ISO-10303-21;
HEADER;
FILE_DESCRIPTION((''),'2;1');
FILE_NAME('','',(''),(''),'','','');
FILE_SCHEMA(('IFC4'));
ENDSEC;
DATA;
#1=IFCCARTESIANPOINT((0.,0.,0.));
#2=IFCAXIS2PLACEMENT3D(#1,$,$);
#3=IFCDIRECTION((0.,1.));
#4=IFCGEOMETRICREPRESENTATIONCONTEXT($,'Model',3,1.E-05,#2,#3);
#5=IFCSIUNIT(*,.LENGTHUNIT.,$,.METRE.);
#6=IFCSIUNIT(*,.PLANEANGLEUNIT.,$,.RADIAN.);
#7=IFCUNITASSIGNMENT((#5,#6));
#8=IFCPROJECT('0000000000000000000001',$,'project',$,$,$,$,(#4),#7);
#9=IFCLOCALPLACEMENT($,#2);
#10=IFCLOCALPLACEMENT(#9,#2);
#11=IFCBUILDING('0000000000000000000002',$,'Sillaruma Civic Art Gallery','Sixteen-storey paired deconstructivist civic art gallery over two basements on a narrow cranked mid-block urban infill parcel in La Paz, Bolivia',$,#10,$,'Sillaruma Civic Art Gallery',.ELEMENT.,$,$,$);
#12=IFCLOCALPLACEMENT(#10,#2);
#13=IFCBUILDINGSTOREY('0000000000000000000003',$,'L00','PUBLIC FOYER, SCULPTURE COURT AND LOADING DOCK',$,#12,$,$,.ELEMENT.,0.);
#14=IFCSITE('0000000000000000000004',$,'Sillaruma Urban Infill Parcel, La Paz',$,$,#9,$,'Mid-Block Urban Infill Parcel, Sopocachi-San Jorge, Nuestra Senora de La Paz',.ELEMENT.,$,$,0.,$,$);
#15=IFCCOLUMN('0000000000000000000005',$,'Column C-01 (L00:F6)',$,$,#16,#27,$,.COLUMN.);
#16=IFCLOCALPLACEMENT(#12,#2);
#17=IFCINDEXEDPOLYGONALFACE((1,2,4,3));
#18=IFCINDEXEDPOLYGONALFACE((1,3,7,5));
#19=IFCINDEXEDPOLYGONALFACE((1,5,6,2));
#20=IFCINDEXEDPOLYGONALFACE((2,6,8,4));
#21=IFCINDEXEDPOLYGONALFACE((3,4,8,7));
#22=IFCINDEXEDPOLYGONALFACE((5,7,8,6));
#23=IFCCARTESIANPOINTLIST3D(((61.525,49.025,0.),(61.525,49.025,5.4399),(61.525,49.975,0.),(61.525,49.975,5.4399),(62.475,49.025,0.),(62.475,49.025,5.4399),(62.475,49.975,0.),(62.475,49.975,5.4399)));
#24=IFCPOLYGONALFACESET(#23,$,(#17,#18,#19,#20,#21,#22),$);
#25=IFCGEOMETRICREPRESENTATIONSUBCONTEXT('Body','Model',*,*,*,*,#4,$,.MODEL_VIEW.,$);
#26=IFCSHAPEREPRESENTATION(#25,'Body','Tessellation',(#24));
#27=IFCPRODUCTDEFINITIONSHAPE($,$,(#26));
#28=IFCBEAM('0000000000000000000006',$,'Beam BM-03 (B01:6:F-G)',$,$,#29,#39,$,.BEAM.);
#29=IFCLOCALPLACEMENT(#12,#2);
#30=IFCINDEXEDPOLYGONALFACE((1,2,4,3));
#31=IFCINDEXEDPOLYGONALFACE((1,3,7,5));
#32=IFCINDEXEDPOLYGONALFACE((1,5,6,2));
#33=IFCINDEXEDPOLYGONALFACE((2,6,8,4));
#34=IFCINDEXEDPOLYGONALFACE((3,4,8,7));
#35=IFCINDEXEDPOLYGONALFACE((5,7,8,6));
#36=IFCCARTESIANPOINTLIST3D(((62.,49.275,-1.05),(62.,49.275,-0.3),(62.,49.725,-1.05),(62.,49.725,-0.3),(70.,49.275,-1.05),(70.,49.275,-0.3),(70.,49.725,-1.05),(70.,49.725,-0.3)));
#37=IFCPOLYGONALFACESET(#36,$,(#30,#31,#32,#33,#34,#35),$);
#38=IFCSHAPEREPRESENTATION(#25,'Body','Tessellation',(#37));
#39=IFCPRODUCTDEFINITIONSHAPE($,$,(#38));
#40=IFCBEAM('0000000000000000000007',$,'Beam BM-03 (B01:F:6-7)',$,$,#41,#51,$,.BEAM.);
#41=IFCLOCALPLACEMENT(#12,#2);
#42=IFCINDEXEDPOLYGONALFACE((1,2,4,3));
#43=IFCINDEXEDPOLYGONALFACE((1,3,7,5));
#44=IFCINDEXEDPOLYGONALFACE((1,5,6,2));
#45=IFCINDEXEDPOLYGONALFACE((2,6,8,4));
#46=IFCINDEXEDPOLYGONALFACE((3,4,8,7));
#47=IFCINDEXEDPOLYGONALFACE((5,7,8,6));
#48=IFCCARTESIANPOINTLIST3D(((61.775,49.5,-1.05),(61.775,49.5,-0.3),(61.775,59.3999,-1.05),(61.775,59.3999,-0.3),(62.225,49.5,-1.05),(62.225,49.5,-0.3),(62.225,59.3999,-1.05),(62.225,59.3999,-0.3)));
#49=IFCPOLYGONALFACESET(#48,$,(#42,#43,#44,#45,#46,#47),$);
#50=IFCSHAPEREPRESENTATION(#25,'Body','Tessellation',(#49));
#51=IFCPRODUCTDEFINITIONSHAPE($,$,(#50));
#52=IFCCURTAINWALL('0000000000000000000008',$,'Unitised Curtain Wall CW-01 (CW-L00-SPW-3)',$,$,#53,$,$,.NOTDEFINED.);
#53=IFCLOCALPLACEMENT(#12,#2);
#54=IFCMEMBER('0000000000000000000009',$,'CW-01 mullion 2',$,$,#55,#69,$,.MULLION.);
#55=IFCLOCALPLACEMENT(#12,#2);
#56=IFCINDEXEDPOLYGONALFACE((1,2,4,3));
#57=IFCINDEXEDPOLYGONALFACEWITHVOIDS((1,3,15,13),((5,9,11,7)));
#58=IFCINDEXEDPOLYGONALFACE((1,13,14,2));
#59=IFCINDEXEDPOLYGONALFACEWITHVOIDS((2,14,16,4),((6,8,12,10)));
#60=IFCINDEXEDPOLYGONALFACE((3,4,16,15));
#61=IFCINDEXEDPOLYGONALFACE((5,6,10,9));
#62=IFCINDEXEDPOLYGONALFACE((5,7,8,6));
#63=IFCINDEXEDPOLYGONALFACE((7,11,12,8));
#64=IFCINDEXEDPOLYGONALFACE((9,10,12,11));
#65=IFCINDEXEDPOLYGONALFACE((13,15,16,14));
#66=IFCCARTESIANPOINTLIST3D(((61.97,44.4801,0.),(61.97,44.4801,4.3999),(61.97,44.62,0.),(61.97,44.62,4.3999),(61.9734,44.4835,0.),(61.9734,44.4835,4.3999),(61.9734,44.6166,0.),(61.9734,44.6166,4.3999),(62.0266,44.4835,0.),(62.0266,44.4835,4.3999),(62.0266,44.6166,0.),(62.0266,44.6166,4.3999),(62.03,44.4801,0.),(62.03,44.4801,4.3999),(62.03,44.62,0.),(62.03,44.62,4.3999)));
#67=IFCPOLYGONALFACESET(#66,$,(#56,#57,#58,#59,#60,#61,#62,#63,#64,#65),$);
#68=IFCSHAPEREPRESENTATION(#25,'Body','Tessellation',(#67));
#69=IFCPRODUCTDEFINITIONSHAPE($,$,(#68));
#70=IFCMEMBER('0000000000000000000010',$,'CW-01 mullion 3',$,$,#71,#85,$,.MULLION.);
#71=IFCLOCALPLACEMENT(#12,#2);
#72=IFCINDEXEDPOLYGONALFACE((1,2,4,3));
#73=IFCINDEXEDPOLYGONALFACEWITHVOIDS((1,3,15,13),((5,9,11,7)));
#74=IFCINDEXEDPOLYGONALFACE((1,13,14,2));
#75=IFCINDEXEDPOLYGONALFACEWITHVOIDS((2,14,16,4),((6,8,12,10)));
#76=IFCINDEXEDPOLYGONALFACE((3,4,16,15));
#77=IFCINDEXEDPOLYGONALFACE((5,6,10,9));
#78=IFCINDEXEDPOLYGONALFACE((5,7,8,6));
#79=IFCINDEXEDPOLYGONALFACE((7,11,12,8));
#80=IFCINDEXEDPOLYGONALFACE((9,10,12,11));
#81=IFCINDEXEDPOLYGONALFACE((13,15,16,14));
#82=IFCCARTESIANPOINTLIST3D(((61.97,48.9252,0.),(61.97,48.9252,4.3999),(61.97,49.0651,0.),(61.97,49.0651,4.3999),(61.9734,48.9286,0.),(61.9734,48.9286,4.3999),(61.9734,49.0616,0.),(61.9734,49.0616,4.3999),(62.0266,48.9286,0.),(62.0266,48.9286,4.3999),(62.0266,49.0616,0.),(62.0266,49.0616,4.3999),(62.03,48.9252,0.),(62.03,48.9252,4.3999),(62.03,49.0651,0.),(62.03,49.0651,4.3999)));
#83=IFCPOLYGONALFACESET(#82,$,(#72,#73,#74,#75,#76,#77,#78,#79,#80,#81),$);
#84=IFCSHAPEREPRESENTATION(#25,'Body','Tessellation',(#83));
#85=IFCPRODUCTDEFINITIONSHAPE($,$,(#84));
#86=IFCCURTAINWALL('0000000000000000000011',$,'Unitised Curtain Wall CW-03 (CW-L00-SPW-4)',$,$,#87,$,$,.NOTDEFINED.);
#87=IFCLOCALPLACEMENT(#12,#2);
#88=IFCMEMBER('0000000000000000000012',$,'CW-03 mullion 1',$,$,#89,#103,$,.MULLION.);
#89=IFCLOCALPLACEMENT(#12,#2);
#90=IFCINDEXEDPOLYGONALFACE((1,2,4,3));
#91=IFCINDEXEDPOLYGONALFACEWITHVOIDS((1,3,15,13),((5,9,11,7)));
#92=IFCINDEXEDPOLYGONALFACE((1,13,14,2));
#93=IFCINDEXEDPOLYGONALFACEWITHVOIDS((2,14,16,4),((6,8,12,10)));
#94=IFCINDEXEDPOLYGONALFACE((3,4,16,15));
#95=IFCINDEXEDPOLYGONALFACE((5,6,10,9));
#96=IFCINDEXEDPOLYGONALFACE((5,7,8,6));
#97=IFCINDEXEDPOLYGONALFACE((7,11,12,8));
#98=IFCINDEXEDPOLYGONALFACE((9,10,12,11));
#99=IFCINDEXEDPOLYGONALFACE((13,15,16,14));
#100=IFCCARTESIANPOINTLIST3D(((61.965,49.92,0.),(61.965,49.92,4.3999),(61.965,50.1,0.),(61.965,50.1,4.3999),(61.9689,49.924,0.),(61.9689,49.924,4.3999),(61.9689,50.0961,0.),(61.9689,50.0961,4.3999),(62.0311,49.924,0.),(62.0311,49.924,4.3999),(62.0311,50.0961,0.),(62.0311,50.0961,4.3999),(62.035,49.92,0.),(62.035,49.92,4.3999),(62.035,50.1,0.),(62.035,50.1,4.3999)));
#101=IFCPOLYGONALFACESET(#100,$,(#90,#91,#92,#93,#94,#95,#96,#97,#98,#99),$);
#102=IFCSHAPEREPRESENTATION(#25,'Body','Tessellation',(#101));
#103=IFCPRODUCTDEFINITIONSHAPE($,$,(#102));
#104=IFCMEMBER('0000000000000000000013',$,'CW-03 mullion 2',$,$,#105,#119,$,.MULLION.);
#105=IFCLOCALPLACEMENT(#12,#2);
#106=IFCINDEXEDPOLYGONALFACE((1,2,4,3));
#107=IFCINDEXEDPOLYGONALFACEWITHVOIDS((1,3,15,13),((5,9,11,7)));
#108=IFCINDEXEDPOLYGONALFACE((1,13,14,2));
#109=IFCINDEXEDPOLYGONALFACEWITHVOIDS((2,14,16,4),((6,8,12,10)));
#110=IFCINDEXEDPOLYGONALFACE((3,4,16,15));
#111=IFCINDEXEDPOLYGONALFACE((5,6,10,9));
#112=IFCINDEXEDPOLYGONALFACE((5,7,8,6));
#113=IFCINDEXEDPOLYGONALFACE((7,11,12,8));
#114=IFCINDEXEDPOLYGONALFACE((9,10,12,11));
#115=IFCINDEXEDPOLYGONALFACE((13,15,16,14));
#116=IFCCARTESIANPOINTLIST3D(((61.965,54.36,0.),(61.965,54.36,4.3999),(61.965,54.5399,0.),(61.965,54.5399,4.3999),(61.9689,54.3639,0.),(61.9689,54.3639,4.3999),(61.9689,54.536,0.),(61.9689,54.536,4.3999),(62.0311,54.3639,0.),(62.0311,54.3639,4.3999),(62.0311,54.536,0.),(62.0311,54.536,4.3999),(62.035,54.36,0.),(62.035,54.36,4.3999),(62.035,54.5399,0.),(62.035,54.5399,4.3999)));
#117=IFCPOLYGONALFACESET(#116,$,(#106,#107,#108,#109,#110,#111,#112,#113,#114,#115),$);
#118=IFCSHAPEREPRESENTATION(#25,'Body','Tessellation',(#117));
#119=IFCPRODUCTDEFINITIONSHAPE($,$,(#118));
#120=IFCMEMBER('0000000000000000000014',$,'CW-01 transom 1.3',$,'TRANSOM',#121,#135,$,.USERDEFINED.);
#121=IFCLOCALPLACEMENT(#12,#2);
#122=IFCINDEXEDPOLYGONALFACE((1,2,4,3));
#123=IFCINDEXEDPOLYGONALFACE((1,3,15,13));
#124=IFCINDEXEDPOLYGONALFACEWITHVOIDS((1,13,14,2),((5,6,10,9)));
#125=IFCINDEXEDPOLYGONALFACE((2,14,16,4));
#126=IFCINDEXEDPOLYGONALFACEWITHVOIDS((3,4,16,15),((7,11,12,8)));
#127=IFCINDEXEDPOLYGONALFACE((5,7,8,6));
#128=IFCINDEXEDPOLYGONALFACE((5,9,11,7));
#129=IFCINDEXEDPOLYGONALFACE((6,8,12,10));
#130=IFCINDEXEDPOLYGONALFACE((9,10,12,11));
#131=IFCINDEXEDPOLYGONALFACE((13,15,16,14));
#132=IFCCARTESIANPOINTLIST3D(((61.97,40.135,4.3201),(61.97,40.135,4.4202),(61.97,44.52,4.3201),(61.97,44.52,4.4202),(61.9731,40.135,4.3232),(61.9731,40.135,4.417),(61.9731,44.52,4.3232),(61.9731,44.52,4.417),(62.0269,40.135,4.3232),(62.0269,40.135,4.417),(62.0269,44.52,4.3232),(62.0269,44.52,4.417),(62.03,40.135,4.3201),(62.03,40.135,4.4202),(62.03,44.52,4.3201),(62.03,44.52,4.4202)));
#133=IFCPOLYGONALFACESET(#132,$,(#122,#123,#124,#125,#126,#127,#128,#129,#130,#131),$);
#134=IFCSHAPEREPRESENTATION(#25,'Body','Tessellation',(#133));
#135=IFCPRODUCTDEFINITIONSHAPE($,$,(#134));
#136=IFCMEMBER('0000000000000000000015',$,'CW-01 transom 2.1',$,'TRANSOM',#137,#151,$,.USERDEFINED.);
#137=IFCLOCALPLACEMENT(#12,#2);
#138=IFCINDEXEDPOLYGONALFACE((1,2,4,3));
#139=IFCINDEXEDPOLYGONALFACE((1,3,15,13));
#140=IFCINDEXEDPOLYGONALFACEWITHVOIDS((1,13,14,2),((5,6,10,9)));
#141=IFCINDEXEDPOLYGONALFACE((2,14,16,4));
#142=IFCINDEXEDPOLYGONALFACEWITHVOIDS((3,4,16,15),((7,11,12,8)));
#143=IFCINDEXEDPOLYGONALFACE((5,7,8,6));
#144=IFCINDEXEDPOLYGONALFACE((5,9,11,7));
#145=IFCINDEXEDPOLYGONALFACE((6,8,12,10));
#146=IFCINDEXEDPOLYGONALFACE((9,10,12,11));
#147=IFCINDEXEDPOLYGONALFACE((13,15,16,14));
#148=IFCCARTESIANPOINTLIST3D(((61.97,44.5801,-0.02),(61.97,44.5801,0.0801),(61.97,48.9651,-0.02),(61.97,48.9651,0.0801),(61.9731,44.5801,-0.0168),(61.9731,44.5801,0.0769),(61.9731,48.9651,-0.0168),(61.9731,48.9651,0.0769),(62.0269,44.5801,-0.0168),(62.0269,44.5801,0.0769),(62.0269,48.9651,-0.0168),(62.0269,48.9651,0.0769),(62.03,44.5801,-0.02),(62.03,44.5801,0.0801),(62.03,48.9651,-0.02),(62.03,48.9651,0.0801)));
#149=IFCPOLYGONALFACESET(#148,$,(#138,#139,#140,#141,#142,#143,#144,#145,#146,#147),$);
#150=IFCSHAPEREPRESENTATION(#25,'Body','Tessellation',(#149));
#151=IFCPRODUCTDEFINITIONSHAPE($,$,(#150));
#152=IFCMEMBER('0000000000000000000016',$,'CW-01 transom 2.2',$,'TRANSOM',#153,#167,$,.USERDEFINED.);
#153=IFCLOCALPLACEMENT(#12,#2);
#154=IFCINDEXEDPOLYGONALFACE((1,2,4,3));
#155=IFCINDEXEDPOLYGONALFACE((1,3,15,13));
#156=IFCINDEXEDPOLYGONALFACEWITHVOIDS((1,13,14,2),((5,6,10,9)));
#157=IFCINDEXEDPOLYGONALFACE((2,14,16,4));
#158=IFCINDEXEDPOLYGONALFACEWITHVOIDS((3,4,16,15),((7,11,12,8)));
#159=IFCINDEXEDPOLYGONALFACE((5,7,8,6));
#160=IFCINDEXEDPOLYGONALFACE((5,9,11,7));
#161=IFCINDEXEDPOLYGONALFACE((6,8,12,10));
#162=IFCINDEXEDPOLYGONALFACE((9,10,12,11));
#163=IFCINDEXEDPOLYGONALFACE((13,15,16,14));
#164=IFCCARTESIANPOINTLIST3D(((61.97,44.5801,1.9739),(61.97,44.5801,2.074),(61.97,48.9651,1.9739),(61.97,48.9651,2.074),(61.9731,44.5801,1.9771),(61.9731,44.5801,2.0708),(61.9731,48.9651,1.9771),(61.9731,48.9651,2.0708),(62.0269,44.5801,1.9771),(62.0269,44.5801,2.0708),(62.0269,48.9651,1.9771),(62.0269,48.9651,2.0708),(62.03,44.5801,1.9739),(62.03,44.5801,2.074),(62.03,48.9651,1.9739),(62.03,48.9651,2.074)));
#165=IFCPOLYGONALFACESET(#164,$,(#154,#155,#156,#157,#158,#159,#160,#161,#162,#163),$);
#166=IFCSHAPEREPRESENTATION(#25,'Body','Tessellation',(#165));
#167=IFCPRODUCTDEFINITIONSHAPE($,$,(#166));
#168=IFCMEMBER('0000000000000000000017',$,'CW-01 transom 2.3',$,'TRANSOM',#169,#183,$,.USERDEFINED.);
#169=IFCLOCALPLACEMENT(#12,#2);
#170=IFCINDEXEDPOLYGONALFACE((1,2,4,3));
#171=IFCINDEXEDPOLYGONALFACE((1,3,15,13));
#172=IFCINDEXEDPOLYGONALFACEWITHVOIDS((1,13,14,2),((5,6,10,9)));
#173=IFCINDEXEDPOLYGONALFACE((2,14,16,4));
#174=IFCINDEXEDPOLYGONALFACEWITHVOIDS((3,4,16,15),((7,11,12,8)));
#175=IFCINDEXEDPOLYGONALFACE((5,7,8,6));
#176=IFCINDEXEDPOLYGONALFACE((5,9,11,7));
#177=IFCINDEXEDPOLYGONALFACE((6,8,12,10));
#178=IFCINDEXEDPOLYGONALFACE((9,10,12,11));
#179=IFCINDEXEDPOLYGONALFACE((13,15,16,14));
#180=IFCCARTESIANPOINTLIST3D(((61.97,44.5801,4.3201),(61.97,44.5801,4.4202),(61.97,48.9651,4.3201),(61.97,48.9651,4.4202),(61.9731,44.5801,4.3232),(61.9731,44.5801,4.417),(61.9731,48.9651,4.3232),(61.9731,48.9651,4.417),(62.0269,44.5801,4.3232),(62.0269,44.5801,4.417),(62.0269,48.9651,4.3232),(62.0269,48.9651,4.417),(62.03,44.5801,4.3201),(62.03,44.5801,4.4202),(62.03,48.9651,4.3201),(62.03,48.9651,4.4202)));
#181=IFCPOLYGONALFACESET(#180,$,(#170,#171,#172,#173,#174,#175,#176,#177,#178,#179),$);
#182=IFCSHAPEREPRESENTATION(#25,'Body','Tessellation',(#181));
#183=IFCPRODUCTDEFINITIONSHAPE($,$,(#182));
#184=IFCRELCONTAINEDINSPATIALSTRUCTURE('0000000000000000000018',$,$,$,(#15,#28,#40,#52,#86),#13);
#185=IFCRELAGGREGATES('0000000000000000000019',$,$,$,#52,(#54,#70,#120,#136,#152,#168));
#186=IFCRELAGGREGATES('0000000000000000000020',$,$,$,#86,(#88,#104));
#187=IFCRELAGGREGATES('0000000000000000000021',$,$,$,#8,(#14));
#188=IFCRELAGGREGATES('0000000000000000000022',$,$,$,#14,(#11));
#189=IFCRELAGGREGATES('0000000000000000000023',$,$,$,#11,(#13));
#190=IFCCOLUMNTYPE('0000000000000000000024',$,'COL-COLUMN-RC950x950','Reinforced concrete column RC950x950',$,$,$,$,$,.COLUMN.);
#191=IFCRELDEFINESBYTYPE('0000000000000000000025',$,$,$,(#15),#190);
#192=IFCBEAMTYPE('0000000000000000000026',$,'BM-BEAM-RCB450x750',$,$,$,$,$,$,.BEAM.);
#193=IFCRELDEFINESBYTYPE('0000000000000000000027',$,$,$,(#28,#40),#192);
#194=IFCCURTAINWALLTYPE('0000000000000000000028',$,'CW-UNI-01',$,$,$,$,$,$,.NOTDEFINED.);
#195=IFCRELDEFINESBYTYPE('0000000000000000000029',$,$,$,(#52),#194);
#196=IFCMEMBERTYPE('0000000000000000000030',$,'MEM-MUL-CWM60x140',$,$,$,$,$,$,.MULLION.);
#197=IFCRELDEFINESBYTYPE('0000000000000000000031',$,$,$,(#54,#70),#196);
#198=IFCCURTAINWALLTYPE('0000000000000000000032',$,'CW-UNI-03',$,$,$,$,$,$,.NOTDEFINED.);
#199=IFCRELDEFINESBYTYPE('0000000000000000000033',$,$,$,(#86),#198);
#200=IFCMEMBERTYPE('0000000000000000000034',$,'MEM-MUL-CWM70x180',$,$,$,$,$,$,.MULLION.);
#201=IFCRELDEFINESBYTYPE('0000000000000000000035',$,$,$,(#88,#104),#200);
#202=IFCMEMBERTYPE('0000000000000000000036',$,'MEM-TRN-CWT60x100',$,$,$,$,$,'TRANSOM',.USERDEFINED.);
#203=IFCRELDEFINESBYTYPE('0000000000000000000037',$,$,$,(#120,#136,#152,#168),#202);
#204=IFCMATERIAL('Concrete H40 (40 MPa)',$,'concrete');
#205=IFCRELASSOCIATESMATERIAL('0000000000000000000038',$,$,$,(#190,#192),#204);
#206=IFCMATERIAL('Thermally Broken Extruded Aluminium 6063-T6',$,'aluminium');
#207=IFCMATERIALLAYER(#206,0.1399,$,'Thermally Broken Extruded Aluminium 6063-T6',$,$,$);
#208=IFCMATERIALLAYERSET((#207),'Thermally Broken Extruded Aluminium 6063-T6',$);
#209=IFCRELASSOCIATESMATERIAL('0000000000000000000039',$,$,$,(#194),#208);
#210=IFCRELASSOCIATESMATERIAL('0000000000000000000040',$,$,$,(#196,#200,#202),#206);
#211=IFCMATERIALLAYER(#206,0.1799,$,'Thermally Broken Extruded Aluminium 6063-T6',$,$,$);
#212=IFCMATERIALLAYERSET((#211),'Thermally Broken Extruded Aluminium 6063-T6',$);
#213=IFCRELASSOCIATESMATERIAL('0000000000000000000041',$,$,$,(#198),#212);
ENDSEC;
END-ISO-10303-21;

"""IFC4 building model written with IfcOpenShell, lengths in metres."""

from ifc_helpers import new_model, si_unit, direction, frame, origin, origin_2d, place, context, subcontext, project, spatial, rectangle, hollow_rectangle, extrude, material, layer, layer_set, material_profile, profile_set, type_object, element, aggregate, save


model = new_model("IFC4")

# Units and contexts
model_context = context("Model", 3, precision=1e-05, world=origin(), true_north=direction((0.0, 1.0)))
body_context = subcontext(model_context, "Body", "Model", "MODEL_VIEW")
ifc_project = project(units=[si_unit("LENGTHUNIT", "METRE"), si_unit("PLANEANGLEUNIT", "RADIAN")], contexts=[model_context])

# Site, building, storey
site_placement = place(None, origin())
site = spatial("IfcSite", under=ifc_project, at=site_placement, Name="Sillaruma Urban Infill Parcel, La Paz", LongName="Mid-Block Urban Infill Parcel, Sopocachi-San Jorge, Nuestra Senora de La Paz", CompositionType="ELEMENT", RefElevation=0.0)
building_placement = place(site_placement, origin())
building = spatial("IfcBuilding", under=site, at=building_placement, Name="Sillaruma Civic Art Gallery", Description="Sixteen-storey paired deconstructivist civic art gallery over two basements on a narrow cranked mid-block urban infill parcel in La Paz, Bolivia", LongName="Sillaruma Civic Art Gallery", CompositionType="ELEMENT")
storey_placement = place(building_placement, origin())
storey = spatial("IfcBuildingStorey", under=building, at=storey_placement, Name="L00", Description="PUBLIC FOYER, SCULPTURE COURT AND LOADING DOCK", CompositionType="ELEMENT", Elevation=0.0)

# Column
ifc_material_1 = material(Name="Concrete H40 (40 MPa)", Category="concrete")
ifc_material_profile_1 = material_profile(ifc_material_1, rectangle(XDim=0.95, YDim=0.95, at=origin_2d()), Name="RC950x950")
ifc_profile_set_1 = profile_set([ifc_material_profile_1], Name="Concrete H40 (40 MPa)")
column_type = type_object("IfcColumnType", Name="COL-COLUMN-RC950x950", Description="Reinforced concrete column RC950x950", PredefinedType="COLUMN", material=ifc_profile_set_1)
column_placement = place(storey_placement, frame((62.0, 49.5, 0.0), z_axis=(0.0, 0.0, 1.0), x_axis=(1.0, 0.0, 0.0)))
element("IfcColumn", 1, at=column_placement, inside=storey, type_object=column_type, Name="Column C-01 (L00:F6)", PredefinedType="COLUMN", context=body_context, shape_type="SweptSolid", body=[
    extrude(rectangle(XDim=0.95, YDim=0.95, at=origin_2d()), origin(), (0.0, 0.0, 1.0), 5.4399),
])

# Beams
ifc_material_profile_2 = material_profile(ifc_material_1, rectangle(XDim=0.45, YDim=0.75, at=origin_2d()), Name="RCB450x750")
ifc_profile_set_2 = profile_set([ifc_material_profile_2], Name="Concrete H40 (40 MPa)")
beam_type = type_object("IfcBeamType", Name="BM-BEAM-RCB450x750", PredefinedType="BEAM", material=ifc_profile_set_2)
beam_1_placement = place(storey_placement, frame((62.0, 49.5, -0.675), z_axis=(1.0, 0.0, 0.0), x_axis=(0.0, 1.0, 0.0)))
element("IfcBeam", 2, at=beam_1_placement, inside=storey, type_object=beam_type, Name="Beam BM-03 (B01:6:F-G)", PredefinedType="BEAM", context=body_context, shape_type="SweptSolid", body=[
    extrude(rectangle(XDim=0.45, YDim=0.75, at=origin_2d()), origin(), (0.0, 0.0, 1.0), 8.0),
])
beam_2_placement = place(storey_placement, frame((62.0, 49.5, -0.675), z_axis=(0.0, 1.0, 0.0), x_axis=(-1.0, 0.0, 0.0)))
element("IfcBeam", 3, at=beam_2_placement, inside=storey, type_object=beam_type, Name="Beam BM-03 (B01:F:6-7)", PredefinedType="BEAM", context=body_context, shape_type="SweptSolid", body=[
    extrude(rectangle(XDim=0.45, YDim=0.75, at=origin_2d()), origin(), (0.0, 0.0, 1.0), 9.8999),
])

# Curtain walls, members
ifc_material_2 = material(Name="Thermally Broken Extruded Aluminium 6063-T6", Category="aluminium")
ifc_layer_1 = layer(ifc_material_2, 0.1399, Name="Thermally Broken Extruded Aluminium 6063-T6")
ifc_layer_set_1 = layer_set([ifc_layer_1], Name="Thermally Broken Extruded Aluminium 6063-T6")
curtain_wall_type_1 = type_object("IfcCurtainWallType", Name="CW-UNI-01", PredefinedType="NOTDEFINED", material=ifc_layer_set_1)
curtain_wall_1_placement = place(storey_placement, origin())
curtain_wall_1 = element("IfcCurtainWall", 4, at=curtain_wall_1_placement, inside=storey, type_object=curtain_wall_type_1, Name="Unitised Curtain Wall CW-01 (CW-L00-SPW-3)", PredefinedType="NOTDEFINED")
ifc_material_profile_3 = material_profile(ifc_material_2, hollow_rectangle(XDim=0.0601, YDim=0.1399, WallThickness=0.0034, at=origin_2d()), Name="CWM60x140")
ifc_profile_set_3 = profile_set([ifc_material_profile_3], Name="Thermally Broken Extruded Aluminium 6063-T6")
member_type_1 = type_object("IfcMemberType", Name="MEM-MUL-CWM60x140", PredefinedType="MULLION", material=ifc_profile_set_3)
member_1_placement = place(storey_placement, frame((62.0, 44.55, 0.0), z_axis=(0.0, 0.0, 1.0), x_axis=(-1.0, 0.0, 0.0)))
member_1 = element("IfcMember", 5, at=member_1_placement, type_object=member_type_1, Name="CW-01 mullion 2", PredefinedType="MULLION", context=body_context, shape_type="SweptSolid", body=[
    extrude(hollow_rectangle(XDim=0.0601, YDim=0.1399, WallThickness=0.0034, at=origin_2d()), origin(), (0.0, 0.0, 1.0), 4.3999),
])
member_2_placement = place(storey_placement, frame((62.0, 48.9951, 0.0), z_axis=(0.0, 0.0, 1.0), x_axis=(-1.0, 0.0, 0.0)))
member_2 = element("IfcMember", 6, at=member_2_placement, type_object=member_type_1, Name="CW-01 mullion 3", PredefinedType="MULLION", context=body_context, shape_type="SweptSolid", body=[
    extrude(hollow_rectangle(XDim=0.0601, YDim=0.1399, WallThickness=0.0034, at=origin_2d()), origin(), (0.0, 0.0, 1.0), 4.3999),
])
ifc_layer_2 = layer(ifc_material_2, 0.1799, Name="Thermally Broken Extruded Aluminium 6063-T6")
ifc_layer_set_2 = layer_set([ifc_layer_2], Name="Thermally Broken Extruded Aluminium 6063-T6")
curtain_wall_type_2 = type_object("IfcCurtainWallType", Name="CW-UNI-03", PredefinedType="NOTDEFINED", material=ifc_layer_set_2)
curtain_wall_2_placement = place(storey_placement, origin())
curtain_wall_2 = element("IfcCurtainWall", 7, at=curtain_wall_2_placement, inside=storey, type_object=curtain_wall_type_2, Name="Unitised Curtain Wall CW-03 (CW-L00-SPW-4)", PredefinedType="NOTDEFINED")
ifc_material_profile_4 = material_profile(ifc_material_2, hollow_rectangle(XDim=0.0701, YDim=0.1799, WallThickness=0.0039, at=origin_2d()), Name="CWM70x180")
ifc_profile_set_4 = profile_set([ifc_material_profile_4], Name="Thermally Broken Extruded Aluminium 6063-T6")
member_type_2 = type_object("IfcMemberType", Name="MEM-MUL-CWM70x180", PredefinedType="MULLION", material=ifc_profile_set_4)
member_3_placement = place(storey_placement, frame((62.0, 50.01, 0.0), z_axis=(0.0, 0.0, 1.0), x_axis=(-1.0, 0.0, 0.0)))
member_3 = element("IfcMember", 8, at=member_3_placement, type_object=member_type_2, Name="CW-03 mullion 1", PredefinedType="MULLION", context=body_context, shape_type="SweptSolid", body=[
    extrude(hollow_rectangle(XDim=0.0701, YDim=0.1799, WallThickness=0.0039, at=origin_2d()), origin(), (0.0, 0.0, 1.0), 4.3999),
])
member_4_placement = place(storey_placement, frame((62.0, 54.45, 0.0), z_axis=(0.0, 0.0, 1.0), x_axis=(-1.0, 0.0, 0.0)))
member_4 = element("IfcMember", 9, at=member_4_placement, type_object=member_type_2, Name="CW-03 mullion 2", PredefinedType="MULLION", context=body_context, shape_type="SweptSolid", body=[
    extrude(hollow_rectangle(XDim=0.0701, YDim=0.1799, WallThickness=0.0039, at=origin_2d()), origin(), (0.0, 0.0, 1.0), 4.3999),
])

# Members
ifc_material_profile_5 = material_profile(ifc_material_2, hollow_rectangle(XDim=0.0601, YDim=0.1001, WallThickness=0.0032, at=origin_2d()), Name="CWT60x100")
ifc_profile_set_5 = profile_set([ifc_material_profile_5], Name="Thermally Broken Extruded Aluminium 6063-T6")
member_type_3 = type_object("IfcMemberType", Name="MEM-TRN-CWT60x100", ElementType="TRANSOM", PredefinedType="USERDEFINED", material=ifc_profile_set_5)
member_5_placement = place(storey_placement, frame((62.0, 40.135, 4.3701), z_axis=(0.0, 1.0, 0.0), x_axis=(-1.0, 0.0, 0.0)))
member_5 = element("IfcMember", 10, at=member_5_placement, type_object=member_type_3, Name="CW-01 transom 1.3", ObjectType="TRANSOM", PredefinedType="USERDEFINED", context=body_context, shape_type="SweptSolid", body=[
    extrude(hollow_rectangle(XDim=0.0601, YDim=0.1001, WallThickness=0.0032, at=origin_2d()), origin(), (0.0, 0.0, 1.0), 4.385),
])
member_6_placement = place(storey_placement, frame((62.0, 44.5801, 0.03), z_axis=(0.0, 1.0, 0.0), x_axis=(-1.0, 0.0, 0.0)))
member_6 = element("IfcMember", 11, at=member_6_placement, type_object=member_type_3, Name="CW-01 transom 2.1", ObjectType="TRANSOM", PredefinedType="USERDEFINED", context=body_context, shape_type="SweptSolid", body=[
    extrude(hollow_rectangle(XDim=0.0601, YDim=0.1001, WallThickness=0.0032, at=origin_2d()), origin(), (0.0, 0.0, 1.0), 4.385),
])
member_7_placement = place(storey_placement, frame((62.0, 44.5801, 2.0239), z_axis=(0.0, 1.0, 0.0), x_axis=(-1.0, 0.0, 0.0)))
member_7 = element("IfcMember", 12, at=member_7_placement, type_object=member_type_3, Name="CW-01 transom 2.2", ObjectType="TRANSOM", PredefinedType="USERDEFINED", context=body_context, shape_type="SweptSolid", body=[
    extrude(hollow_rectangle(XDim=0.0601, YDim=0.1001, WallThickness=0.0032, at=origin_2d()), origin(), (0.0, 0.0, 1.0), 4.385),
])
member_8_placement = place(storey_placement, frame((62.0, 44.5801, 4.3701), z_axis=(0.0, 1.0, 0.0), x_axis=(-1.0, 0.0, 0.0)))
member_8 = element("IfcMember", 13, at=member_8_placement, type_object=member_type_3, Name="CW-01 transom 2.3", ObjectType="TRANSOM", PredefinedType="USERDEFINED", context=body_context, shape_type="SweptSolid", body=[
    extrude(hollow_rectangle(XDim=0.0601, YDim=0.1001, WallThickness=0.0032, at=origin_2d()), origin(), (0.0, 0.0, 1.0), 4.385),
])

aggregate(curtain_wall_1, [member_1, member_2, member_5, member_6, member_7, member_8])
aggregate(curtain_wall_2, [member_3, member_4])

save(model, "model.ifc")
